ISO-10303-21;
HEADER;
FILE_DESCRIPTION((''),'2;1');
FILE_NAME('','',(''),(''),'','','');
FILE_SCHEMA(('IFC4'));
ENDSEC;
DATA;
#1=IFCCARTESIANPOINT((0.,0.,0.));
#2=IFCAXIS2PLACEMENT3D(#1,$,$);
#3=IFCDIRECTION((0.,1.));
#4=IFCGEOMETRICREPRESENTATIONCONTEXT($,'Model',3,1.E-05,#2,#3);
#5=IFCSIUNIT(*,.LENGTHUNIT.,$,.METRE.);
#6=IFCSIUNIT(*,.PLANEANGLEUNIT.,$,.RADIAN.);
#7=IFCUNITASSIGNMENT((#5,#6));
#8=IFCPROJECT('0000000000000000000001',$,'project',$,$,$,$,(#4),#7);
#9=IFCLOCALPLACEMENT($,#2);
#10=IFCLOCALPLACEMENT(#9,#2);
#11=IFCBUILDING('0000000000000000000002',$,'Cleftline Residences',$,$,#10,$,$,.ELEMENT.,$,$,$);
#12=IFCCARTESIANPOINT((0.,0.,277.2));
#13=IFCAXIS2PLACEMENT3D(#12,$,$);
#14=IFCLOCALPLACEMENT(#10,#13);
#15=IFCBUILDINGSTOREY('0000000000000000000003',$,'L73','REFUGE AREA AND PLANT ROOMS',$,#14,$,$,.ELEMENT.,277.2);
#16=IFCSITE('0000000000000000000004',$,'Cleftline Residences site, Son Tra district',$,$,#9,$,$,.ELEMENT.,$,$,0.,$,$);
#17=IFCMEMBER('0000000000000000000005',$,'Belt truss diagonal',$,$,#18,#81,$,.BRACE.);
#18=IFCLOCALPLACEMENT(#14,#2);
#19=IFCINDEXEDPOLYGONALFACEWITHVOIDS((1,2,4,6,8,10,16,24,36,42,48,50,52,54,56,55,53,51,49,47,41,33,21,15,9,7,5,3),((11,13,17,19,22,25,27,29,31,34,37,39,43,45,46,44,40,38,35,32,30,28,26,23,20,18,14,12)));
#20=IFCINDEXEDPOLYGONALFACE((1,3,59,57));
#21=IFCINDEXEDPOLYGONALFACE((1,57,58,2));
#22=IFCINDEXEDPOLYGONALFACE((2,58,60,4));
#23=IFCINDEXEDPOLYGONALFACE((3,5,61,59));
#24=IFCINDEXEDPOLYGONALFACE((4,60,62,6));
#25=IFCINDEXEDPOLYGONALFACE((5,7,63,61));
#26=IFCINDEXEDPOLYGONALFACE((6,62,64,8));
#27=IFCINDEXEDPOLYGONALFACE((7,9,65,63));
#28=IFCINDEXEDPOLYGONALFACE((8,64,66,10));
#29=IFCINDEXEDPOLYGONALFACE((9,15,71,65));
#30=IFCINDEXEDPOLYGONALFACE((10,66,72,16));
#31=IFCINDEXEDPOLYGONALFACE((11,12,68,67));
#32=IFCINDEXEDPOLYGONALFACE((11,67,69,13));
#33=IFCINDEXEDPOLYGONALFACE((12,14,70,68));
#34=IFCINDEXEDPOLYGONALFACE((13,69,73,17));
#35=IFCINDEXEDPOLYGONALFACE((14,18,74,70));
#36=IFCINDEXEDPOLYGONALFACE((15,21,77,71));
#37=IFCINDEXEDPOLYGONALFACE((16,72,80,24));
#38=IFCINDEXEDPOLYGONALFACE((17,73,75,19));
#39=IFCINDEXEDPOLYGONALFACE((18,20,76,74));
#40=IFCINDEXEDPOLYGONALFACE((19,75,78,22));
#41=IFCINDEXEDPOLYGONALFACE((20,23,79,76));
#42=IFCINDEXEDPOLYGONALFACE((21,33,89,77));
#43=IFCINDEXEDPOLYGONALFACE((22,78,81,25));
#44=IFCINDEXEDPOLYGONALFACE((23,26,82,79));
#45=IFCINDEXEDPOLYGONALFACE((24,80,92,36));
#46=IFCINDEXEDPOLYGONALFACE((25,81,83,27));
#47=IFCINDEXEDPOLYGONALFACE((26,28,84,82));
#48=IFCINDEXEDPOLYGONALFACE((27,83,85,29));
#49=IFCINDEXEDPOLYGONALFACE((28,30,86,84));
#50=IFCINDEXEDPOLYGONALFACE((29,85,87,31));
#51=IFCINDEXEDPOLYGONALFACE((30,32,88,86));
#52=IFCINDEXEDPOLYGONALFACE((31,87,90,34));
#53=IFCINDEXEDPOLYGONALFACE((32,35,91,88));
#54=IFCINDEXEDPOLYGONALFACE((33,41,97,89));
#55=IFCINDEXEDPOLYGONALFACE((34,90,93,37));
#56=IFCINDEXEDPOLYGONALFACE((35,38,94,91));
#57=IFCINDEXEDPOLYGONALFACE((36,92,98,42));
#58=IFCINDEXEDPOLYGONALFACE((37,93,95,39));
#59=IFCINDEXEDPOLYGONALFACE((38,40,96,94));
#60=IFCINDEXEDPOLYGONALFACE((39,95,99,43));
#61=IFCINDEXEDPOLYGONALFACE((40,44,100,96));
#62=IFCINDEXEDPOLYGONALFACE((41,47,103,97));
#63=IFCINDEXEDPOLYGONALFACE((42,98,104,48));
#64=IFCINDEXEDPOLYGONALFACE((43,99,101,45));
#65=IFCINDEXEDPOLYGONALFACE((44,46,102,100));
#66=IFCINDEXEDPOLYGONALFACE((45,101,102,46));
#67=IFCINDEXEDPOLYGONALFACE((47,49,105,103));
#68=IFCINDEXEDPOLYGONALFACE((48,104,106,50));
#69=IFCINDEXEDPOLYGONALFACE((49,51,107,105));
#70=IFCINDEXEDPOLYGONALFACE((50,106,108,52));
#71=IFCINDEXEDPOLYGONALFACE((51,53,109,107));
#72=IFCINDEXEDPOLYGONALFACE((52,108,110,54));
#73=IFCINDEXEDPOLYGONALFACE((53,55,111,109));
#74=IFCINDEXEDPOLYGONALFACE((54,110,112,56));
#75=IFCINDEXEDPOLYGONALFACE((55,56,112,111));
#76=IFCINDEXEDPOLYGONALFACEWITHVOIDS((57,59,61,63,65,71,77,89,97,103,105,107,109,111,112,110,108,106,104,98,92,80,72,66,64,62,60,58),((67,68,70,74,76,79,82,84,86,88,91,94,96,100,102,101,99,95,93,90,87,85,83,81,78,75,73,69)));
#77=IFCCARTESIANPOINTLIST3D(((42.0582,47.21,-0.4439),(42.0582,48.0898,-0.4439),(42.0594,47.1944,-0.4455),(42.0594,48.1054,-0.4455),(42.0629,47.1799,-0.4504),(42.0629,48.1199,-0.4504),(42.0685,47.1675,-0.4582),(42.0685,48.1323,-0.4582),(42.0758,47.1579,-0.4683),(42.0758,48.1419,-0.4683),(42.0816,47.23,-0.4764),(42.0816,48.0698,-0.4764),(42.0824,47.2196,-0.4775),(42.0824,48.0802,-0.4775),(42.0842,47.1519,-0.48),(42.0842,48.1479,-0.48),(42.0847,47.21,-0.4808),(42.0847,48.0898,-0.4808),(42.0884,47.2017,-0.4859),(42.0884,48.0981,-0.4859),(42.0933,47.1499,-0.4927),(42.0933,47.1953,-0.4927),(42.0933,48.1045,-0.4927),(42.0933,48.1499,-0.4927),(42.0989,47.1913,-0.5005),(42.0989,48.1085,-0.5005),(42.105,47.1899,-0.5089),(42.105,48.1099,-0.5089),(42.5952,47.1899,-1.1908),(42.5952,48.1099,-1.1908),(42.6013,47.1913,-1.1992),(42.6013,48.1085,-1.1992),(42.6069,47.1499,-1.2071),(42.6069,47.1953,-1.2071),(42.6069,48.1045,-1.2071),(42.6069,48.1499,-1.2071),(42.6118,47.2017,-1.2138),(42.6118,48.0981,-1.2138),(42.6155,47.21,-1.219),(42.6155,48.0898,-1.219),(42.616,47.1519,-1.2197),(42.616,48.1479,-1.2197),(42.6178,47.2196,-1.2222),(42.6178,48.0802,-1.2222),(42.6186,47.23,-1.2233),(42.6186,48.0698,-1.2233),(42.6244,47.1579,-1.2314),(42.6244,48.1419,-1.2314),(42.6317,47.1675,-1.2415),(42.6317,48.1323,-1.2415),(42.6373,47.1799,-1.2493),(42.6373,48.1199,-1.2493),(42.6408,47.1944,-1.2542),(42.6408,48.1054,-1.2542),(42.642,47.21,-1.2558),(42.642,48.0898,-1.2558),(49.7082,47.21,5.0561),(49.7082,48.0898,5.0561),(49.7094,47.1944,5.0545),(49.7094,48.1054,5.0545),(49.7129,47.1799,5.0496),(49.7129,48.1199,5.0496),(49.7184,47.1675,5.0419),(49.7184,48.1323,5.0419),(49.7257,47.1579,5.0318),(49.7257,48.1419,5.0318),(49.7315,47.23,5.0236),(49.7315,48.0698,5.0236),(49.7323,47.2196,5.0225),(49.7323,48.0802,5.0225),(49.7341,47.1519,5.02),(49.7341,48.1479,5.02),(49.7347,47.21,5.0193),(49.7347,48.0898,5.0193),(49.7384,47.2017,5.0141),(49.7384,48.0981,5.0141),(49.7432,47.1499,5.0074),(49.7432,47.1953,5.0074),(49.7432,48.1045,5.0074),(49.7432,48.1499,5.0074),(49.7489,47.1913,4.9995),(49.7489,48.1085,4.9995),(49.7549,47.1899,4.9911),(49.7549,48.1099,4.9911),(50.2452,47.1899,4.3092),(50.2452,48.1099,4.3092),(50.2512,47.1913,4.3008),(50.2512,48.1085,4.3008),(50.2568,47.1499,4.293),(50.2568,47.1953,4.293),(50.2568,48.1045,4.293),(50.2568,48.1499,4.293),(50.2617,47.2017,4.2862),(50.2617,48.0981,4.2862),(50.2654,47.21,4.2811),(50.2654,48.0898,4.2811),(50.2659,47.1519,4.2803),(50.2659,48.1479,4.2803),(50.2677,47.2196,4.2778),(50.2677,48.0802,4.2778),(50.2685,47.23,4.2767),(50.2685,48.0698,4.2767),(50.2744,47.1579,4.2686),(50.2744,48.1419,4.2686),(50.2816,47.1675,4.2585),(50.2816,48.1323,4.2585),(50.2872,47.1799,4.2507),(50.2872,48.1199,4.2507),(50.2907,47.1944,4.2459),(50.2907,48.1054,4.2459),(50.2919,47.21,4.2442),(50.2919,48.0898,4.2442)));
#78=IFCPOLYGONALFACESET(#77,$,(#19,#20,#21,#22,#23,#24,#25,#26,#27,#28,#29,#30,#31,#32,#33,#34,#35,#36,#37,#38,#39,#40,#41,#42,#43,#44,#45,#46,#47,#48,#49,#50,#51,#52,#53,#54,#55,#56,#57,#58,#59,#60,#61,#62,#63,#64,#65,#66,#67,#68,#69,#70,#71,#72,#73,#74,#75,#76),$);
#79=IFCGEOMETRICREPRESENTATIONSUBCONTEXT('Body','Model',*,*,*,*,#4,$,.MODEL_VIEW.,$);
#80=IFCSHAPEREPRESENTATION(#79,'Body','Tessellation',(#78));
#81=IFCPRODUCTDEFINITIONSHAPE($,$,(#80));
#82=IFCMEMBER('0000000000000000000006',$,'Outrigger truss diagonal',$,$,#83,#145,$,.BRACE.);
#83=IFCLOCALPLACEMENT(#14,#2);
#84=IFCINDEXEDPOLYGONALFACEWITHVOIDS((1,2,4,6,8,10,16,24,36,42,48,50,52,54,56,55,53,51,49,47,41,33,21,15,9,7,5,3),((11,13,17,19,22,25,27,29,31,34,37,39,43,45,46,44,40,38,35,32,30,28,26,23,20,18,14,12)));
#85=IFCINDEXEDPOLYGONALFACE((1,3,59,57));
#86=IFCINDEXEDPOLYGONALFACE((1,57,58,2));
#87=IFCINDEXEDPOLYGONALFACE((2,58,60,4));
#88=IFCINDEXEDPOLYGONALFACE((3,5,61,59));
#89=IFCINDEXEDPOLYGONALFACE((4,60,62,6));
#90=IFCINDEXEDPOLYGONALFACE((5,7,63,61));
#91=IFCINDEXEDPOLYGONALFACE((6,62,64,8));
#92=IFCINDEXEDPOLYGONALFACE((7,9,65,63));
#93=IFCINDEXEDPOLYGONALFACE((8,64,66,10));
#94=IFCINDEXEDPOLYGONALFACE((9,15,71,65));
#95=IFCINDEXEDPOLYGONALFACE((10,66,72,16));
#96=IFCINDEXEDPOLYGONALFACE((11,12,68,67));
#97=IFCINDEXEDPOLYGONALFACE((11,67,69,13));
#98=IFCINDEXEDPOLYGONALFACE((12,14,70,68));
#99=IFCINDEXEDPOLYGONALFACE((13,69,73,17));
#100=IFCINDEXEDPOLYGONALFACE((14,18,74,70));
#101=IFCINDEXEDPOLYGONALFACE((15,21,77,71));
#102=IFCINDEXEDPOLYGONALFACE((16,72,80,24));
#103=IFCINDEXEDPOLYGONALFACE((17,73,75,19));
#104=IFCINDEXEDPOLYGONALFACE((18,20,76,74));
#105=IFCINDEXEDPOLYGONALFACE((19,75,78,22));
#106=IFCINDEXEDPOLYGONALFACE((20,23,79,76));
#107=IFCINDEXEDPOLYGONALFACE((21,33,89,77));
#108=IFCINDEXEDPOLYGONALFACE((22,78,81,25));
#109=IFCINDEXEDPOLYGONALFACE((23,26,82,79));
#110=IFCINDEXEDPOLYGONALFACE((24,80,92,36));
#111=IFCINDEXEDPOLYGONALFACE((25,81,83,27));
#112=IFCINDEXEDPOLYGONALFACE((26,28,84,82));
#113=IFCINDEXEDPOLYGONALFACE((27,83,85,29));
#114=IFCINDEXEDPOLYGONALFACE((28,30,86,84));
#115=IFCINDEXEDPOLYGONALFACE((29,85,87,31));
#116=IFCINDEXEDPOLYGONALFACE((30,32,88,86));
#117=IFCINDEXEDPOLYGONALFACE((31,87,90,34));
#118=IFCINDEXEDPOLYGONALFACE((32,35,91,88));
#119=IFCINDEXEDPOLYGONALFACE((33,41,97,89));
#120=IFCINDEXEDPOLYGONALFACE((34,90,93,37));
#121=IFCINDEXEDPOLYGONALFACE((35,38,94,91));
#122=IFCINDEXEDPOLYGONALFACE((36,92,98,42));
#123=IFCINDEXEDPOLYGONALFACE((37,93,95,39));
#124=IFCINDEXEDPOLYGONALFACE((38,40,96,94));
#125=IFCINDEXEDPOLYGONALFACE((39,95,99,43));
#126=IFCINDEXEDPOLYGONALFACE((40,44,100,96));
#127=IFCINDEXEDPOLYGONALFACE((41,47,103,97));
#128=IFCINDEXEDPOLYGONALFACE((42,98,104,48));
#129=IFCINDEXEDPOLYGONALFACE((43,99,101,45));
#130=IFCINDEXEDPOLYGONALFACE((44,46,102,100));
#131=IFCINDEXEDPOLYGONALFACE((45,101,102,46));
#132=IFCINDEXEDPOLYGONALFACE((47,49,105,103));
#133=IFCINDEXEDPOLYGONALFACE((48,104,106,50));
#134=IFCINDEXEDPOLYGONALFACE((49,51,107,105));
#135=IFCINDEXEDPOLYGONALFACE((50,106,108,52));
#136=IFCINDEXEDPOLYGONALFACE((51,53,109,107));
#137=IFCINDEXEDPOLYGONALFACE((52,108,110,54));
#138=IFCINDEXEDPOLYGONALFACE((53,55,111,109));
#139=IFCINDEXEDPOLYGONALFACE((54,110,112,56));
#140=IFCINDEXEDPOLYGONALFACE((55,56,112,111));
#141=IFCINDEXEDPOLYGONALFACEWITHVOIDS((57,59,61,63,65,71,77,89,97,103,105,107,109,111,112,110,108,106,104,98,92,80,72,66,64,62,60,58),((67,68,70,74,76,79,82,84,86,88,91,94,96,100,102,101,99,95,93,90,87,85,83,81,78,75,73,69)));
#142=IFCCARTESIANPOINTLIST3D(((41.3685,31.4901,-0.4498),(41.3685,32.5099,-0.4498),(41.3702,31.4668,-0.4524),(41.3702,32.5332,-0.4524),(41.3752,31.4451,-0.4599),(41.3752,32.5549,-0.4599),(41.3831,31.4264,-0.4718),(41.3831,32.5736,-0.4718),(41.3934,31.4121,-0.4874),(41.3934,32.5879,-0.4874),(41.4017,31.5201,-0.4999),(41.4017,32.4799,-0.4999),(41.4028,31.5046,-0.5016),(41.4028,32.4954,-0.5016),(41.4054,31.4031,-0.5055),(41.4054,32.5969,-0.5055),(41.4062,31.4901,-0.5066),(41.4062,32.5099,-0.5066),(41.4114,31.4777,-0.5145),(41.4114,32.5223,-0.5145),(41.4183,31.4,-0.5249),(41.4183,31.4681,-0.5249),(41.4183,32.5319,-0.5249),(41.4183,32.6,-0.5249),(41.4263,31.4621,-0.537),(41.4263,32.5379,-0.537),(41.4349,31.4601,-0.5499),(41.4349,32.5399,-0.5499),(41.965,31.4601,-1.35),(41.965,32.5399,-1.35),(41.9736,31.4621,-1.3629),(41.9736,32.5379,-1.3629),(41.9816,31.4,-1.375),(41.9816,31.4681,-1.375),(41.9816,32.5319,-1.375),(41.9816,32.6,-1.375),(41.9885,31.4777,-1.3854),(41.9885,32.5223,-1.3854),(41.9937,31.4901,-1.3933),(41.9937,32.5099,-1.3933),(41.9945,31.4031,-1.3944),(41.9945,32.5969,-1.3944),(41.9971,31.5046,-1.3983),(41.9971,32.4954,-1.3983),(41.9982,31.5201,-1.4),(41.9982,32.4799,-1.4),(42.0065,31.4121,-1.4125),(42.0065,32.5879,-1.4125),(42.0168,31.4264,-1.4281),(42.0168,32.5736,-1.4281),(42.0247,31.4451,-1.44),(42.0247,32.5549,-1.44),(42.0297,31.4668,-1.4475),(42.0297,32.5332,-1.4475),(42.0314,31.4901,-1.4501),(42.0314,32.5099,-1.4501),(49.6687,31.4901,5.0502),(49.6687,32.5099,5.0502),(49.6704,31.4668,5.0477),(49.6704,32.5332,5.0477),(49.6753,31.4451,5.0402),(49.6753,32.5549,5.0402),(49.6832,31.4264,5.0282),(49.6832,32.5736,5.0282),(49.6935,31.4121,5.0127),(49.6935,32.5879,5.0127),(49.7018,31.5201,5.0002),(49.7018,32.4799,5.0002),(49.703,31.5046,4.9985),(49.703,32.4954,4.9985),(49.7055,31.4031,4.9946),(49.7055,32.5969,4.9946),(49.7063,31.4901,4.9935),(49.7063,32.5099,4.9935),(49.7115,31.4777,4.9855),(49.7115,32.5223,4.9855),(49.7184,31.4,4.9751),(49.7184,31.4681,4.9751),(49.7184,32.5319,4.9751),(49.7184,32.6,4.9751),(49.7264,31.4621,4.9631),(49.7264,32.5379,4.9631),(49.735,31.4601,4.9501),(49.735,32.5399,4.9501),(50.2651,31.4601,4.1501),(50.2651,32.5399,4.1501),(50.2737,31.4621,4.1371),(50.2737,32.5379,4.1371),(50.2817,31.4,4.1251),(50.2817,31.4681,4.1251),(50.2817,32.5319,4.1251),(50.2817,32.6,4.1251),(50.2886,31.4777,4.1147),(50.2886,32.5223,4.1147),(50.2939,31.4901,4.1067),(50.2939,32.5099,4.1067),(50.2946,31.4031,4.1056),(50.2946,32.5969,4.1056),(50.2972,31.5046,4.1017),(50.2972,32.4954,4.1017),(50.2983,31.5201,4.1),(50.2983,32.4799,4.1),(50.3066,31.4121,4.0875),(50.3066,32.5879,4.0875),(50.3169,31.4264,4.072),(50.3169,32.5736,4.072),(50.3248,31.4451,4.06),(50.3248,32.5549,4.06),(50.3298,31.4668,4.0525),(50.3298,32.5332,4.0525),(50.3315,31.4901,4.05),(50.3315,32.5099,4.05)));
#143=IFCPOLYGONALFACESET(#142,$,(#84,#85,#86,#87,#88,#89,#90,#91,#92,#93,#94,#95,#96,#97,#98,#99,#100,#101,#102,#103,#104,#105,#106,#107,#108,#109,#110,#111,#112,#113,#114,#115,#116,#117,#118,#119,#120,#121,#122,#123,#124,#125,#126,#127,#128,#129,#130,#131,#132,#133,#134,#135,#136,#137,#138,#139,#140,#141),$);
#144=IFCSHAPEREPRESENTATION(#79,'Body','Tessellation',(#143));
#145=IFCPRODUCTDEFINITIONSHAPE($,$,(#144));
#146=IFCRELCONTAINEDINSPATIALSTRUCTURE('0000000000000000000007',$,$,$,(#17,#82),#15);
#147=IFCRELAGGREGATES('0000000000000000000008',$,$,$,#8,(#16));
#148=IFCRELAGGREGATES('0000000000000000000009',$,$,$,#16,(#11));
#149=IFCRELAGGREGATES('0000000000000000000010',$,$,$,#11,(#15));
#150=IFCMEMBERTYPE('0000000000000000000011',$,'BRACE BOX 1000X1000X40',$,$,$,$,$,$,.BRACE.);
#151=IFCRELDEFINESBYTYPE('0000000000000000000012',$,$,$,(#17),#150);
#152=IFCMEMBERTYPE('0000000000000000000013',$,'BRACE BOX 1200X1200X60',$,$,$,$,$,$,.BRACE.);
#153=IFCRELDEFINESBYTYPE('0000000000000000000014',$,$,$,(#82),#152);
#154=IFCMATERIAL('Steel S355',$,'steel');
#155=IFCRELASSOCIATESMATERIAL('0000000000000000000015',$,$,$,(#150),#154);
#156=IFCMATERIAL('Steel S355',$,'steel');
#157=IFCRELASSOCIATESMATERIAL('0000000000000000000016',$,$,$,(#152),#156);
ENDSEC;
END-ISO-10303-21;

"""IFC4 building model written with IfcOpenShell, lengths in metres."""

from ifc_helpers import new_model, si_unit, direction, frame, origin, origin_2d, place, context, subcontext, project, spatial, hollow_rectangle, extrude, material, material_profile, profile_set, type_object, element, save


model = new_model("IFC4")

# Units and contexts
model_context = context("Model", 3, precision=1e-05, world=origin(), true_north=direction((0.0, 1.0)))
body_context = subcontext(model_context, "Body", "Model", "MODEL_VIEW")
ifc_project = project(units=[si_unit("LENGTHUNIT", "METRE"), si_unit("PLANEANGLEUNIT", "RADIAN")], contexts=[model_context])

# Site, building, storey
site_placement = place(None, origin())
site = spatial("IfcSite", under=ifc_project, at=site_placement, Name="Cleftline Residences site, Son Tra district", CompositionType="ELEMENT", RefElevation=0.0)
building_placement = place(site_placement, origin())
building = spatial("IfcBuilding", under=site, at=building_placement, Name="Cleftline Residences", CompositionType="ELEMENT")
storey_placement = place(building_placement, frame((0.0, 0.0, 277.2)))
storey = spatial("IfcBuildingStorey", under=building, at=storey_placement, Name="L73", Description="REFUGE AREA AND PLANT ROOMS", CompositionType="ELEMENT", Elevation=277.2)

# Members
ifc_material_1 = material(Name="Steel S355", Category="steel")
ifc_material_profile_1 = material_profile(ifc_material_1, hollow_rectangle(XDim=1.0, YDim=1.0, WallThickness=0.04, InnerFilletRadius=0.04, OuterFilletRadius=0.0601, at=origin_2d()))
ifc_profile_set_1 = profile_set([ifc_material_profile_1], Name="Steel S355")
member_type_1 = type_object("IfcMemberType", Name="BRACE BOX 1000X1000X40", PredefinedType="BRACE", material=ifc_profile_set_1)
for number, where, z_axis, x_axis, name in (
    (1, (42.3501, 47.6499, -0.8499), (0.811933, 0.0, 0.58375), (-0.58375, 0.0, 0.811933), "Belt truss diagonal"),
):
    element("IfcMember", number, at=place(storey_placement, frame(where, z_axis=z_axis, x_axis=x_axis)), inside=storey, type_object=member_type_1, Name=name, PredefinedType="BRACE", context=body_context, shape_type="SweptSolid", body=[
        extrude(hollow_rectangle(XDim=1.0, YDim=1.0, WallThickness=0.04, InnerFilletRadius=0.04, OuterFilletRadius=0.0601, at=origin_2d()), origin(), (0.0, 0.0, 1.0), 9.4219),
    ])
ifc_material_2 = material(Name="Steel S355", Category="steel")
ifc_material_profile_2 = material_profile(ifc_material_2, hollow_rectangle(XDim=1.2, YDim=1.2, WallThickness=0.0601, InnerFilletRadius=0.0601, OuterFilletRadius=0.0901, at=origin_2d()))
ifc_profile_set_2 = profile_set([ifc_material_profile_2], Name="Steel S355")
member_type_2 = type_object("IfcMemberType", Name="BRACE BOX 1200X1200X60", PredefinedType="BRACE", material=ifc_profile_set_2)
member_1_placement = place(storey_placement, frame((41.7, 32.0, -0.95), z_axis=(0.833594, 0.0, 0.552378), x_axis=(-0.552378, 0.0, 0.833594)))
element("IfcMember", 2, at=member_1_placement, inside=storey, type_object=member_type_2, Name="Outrigger truss diagonal", PredefinedType="BRACE", context=body_context, shape_type="SweptSolid", body=[
    extrude(hollow_rectangle(XDim=1.2, YDim=1.2, WallThickness=0.0601, InnerFilletRadius=0.0601, OuterFilletRadius=0.0901, at=origin_2d()), origin(), (0.0, 0.0, 1.0), 9.957),
])

save(model, "model.ifc")
